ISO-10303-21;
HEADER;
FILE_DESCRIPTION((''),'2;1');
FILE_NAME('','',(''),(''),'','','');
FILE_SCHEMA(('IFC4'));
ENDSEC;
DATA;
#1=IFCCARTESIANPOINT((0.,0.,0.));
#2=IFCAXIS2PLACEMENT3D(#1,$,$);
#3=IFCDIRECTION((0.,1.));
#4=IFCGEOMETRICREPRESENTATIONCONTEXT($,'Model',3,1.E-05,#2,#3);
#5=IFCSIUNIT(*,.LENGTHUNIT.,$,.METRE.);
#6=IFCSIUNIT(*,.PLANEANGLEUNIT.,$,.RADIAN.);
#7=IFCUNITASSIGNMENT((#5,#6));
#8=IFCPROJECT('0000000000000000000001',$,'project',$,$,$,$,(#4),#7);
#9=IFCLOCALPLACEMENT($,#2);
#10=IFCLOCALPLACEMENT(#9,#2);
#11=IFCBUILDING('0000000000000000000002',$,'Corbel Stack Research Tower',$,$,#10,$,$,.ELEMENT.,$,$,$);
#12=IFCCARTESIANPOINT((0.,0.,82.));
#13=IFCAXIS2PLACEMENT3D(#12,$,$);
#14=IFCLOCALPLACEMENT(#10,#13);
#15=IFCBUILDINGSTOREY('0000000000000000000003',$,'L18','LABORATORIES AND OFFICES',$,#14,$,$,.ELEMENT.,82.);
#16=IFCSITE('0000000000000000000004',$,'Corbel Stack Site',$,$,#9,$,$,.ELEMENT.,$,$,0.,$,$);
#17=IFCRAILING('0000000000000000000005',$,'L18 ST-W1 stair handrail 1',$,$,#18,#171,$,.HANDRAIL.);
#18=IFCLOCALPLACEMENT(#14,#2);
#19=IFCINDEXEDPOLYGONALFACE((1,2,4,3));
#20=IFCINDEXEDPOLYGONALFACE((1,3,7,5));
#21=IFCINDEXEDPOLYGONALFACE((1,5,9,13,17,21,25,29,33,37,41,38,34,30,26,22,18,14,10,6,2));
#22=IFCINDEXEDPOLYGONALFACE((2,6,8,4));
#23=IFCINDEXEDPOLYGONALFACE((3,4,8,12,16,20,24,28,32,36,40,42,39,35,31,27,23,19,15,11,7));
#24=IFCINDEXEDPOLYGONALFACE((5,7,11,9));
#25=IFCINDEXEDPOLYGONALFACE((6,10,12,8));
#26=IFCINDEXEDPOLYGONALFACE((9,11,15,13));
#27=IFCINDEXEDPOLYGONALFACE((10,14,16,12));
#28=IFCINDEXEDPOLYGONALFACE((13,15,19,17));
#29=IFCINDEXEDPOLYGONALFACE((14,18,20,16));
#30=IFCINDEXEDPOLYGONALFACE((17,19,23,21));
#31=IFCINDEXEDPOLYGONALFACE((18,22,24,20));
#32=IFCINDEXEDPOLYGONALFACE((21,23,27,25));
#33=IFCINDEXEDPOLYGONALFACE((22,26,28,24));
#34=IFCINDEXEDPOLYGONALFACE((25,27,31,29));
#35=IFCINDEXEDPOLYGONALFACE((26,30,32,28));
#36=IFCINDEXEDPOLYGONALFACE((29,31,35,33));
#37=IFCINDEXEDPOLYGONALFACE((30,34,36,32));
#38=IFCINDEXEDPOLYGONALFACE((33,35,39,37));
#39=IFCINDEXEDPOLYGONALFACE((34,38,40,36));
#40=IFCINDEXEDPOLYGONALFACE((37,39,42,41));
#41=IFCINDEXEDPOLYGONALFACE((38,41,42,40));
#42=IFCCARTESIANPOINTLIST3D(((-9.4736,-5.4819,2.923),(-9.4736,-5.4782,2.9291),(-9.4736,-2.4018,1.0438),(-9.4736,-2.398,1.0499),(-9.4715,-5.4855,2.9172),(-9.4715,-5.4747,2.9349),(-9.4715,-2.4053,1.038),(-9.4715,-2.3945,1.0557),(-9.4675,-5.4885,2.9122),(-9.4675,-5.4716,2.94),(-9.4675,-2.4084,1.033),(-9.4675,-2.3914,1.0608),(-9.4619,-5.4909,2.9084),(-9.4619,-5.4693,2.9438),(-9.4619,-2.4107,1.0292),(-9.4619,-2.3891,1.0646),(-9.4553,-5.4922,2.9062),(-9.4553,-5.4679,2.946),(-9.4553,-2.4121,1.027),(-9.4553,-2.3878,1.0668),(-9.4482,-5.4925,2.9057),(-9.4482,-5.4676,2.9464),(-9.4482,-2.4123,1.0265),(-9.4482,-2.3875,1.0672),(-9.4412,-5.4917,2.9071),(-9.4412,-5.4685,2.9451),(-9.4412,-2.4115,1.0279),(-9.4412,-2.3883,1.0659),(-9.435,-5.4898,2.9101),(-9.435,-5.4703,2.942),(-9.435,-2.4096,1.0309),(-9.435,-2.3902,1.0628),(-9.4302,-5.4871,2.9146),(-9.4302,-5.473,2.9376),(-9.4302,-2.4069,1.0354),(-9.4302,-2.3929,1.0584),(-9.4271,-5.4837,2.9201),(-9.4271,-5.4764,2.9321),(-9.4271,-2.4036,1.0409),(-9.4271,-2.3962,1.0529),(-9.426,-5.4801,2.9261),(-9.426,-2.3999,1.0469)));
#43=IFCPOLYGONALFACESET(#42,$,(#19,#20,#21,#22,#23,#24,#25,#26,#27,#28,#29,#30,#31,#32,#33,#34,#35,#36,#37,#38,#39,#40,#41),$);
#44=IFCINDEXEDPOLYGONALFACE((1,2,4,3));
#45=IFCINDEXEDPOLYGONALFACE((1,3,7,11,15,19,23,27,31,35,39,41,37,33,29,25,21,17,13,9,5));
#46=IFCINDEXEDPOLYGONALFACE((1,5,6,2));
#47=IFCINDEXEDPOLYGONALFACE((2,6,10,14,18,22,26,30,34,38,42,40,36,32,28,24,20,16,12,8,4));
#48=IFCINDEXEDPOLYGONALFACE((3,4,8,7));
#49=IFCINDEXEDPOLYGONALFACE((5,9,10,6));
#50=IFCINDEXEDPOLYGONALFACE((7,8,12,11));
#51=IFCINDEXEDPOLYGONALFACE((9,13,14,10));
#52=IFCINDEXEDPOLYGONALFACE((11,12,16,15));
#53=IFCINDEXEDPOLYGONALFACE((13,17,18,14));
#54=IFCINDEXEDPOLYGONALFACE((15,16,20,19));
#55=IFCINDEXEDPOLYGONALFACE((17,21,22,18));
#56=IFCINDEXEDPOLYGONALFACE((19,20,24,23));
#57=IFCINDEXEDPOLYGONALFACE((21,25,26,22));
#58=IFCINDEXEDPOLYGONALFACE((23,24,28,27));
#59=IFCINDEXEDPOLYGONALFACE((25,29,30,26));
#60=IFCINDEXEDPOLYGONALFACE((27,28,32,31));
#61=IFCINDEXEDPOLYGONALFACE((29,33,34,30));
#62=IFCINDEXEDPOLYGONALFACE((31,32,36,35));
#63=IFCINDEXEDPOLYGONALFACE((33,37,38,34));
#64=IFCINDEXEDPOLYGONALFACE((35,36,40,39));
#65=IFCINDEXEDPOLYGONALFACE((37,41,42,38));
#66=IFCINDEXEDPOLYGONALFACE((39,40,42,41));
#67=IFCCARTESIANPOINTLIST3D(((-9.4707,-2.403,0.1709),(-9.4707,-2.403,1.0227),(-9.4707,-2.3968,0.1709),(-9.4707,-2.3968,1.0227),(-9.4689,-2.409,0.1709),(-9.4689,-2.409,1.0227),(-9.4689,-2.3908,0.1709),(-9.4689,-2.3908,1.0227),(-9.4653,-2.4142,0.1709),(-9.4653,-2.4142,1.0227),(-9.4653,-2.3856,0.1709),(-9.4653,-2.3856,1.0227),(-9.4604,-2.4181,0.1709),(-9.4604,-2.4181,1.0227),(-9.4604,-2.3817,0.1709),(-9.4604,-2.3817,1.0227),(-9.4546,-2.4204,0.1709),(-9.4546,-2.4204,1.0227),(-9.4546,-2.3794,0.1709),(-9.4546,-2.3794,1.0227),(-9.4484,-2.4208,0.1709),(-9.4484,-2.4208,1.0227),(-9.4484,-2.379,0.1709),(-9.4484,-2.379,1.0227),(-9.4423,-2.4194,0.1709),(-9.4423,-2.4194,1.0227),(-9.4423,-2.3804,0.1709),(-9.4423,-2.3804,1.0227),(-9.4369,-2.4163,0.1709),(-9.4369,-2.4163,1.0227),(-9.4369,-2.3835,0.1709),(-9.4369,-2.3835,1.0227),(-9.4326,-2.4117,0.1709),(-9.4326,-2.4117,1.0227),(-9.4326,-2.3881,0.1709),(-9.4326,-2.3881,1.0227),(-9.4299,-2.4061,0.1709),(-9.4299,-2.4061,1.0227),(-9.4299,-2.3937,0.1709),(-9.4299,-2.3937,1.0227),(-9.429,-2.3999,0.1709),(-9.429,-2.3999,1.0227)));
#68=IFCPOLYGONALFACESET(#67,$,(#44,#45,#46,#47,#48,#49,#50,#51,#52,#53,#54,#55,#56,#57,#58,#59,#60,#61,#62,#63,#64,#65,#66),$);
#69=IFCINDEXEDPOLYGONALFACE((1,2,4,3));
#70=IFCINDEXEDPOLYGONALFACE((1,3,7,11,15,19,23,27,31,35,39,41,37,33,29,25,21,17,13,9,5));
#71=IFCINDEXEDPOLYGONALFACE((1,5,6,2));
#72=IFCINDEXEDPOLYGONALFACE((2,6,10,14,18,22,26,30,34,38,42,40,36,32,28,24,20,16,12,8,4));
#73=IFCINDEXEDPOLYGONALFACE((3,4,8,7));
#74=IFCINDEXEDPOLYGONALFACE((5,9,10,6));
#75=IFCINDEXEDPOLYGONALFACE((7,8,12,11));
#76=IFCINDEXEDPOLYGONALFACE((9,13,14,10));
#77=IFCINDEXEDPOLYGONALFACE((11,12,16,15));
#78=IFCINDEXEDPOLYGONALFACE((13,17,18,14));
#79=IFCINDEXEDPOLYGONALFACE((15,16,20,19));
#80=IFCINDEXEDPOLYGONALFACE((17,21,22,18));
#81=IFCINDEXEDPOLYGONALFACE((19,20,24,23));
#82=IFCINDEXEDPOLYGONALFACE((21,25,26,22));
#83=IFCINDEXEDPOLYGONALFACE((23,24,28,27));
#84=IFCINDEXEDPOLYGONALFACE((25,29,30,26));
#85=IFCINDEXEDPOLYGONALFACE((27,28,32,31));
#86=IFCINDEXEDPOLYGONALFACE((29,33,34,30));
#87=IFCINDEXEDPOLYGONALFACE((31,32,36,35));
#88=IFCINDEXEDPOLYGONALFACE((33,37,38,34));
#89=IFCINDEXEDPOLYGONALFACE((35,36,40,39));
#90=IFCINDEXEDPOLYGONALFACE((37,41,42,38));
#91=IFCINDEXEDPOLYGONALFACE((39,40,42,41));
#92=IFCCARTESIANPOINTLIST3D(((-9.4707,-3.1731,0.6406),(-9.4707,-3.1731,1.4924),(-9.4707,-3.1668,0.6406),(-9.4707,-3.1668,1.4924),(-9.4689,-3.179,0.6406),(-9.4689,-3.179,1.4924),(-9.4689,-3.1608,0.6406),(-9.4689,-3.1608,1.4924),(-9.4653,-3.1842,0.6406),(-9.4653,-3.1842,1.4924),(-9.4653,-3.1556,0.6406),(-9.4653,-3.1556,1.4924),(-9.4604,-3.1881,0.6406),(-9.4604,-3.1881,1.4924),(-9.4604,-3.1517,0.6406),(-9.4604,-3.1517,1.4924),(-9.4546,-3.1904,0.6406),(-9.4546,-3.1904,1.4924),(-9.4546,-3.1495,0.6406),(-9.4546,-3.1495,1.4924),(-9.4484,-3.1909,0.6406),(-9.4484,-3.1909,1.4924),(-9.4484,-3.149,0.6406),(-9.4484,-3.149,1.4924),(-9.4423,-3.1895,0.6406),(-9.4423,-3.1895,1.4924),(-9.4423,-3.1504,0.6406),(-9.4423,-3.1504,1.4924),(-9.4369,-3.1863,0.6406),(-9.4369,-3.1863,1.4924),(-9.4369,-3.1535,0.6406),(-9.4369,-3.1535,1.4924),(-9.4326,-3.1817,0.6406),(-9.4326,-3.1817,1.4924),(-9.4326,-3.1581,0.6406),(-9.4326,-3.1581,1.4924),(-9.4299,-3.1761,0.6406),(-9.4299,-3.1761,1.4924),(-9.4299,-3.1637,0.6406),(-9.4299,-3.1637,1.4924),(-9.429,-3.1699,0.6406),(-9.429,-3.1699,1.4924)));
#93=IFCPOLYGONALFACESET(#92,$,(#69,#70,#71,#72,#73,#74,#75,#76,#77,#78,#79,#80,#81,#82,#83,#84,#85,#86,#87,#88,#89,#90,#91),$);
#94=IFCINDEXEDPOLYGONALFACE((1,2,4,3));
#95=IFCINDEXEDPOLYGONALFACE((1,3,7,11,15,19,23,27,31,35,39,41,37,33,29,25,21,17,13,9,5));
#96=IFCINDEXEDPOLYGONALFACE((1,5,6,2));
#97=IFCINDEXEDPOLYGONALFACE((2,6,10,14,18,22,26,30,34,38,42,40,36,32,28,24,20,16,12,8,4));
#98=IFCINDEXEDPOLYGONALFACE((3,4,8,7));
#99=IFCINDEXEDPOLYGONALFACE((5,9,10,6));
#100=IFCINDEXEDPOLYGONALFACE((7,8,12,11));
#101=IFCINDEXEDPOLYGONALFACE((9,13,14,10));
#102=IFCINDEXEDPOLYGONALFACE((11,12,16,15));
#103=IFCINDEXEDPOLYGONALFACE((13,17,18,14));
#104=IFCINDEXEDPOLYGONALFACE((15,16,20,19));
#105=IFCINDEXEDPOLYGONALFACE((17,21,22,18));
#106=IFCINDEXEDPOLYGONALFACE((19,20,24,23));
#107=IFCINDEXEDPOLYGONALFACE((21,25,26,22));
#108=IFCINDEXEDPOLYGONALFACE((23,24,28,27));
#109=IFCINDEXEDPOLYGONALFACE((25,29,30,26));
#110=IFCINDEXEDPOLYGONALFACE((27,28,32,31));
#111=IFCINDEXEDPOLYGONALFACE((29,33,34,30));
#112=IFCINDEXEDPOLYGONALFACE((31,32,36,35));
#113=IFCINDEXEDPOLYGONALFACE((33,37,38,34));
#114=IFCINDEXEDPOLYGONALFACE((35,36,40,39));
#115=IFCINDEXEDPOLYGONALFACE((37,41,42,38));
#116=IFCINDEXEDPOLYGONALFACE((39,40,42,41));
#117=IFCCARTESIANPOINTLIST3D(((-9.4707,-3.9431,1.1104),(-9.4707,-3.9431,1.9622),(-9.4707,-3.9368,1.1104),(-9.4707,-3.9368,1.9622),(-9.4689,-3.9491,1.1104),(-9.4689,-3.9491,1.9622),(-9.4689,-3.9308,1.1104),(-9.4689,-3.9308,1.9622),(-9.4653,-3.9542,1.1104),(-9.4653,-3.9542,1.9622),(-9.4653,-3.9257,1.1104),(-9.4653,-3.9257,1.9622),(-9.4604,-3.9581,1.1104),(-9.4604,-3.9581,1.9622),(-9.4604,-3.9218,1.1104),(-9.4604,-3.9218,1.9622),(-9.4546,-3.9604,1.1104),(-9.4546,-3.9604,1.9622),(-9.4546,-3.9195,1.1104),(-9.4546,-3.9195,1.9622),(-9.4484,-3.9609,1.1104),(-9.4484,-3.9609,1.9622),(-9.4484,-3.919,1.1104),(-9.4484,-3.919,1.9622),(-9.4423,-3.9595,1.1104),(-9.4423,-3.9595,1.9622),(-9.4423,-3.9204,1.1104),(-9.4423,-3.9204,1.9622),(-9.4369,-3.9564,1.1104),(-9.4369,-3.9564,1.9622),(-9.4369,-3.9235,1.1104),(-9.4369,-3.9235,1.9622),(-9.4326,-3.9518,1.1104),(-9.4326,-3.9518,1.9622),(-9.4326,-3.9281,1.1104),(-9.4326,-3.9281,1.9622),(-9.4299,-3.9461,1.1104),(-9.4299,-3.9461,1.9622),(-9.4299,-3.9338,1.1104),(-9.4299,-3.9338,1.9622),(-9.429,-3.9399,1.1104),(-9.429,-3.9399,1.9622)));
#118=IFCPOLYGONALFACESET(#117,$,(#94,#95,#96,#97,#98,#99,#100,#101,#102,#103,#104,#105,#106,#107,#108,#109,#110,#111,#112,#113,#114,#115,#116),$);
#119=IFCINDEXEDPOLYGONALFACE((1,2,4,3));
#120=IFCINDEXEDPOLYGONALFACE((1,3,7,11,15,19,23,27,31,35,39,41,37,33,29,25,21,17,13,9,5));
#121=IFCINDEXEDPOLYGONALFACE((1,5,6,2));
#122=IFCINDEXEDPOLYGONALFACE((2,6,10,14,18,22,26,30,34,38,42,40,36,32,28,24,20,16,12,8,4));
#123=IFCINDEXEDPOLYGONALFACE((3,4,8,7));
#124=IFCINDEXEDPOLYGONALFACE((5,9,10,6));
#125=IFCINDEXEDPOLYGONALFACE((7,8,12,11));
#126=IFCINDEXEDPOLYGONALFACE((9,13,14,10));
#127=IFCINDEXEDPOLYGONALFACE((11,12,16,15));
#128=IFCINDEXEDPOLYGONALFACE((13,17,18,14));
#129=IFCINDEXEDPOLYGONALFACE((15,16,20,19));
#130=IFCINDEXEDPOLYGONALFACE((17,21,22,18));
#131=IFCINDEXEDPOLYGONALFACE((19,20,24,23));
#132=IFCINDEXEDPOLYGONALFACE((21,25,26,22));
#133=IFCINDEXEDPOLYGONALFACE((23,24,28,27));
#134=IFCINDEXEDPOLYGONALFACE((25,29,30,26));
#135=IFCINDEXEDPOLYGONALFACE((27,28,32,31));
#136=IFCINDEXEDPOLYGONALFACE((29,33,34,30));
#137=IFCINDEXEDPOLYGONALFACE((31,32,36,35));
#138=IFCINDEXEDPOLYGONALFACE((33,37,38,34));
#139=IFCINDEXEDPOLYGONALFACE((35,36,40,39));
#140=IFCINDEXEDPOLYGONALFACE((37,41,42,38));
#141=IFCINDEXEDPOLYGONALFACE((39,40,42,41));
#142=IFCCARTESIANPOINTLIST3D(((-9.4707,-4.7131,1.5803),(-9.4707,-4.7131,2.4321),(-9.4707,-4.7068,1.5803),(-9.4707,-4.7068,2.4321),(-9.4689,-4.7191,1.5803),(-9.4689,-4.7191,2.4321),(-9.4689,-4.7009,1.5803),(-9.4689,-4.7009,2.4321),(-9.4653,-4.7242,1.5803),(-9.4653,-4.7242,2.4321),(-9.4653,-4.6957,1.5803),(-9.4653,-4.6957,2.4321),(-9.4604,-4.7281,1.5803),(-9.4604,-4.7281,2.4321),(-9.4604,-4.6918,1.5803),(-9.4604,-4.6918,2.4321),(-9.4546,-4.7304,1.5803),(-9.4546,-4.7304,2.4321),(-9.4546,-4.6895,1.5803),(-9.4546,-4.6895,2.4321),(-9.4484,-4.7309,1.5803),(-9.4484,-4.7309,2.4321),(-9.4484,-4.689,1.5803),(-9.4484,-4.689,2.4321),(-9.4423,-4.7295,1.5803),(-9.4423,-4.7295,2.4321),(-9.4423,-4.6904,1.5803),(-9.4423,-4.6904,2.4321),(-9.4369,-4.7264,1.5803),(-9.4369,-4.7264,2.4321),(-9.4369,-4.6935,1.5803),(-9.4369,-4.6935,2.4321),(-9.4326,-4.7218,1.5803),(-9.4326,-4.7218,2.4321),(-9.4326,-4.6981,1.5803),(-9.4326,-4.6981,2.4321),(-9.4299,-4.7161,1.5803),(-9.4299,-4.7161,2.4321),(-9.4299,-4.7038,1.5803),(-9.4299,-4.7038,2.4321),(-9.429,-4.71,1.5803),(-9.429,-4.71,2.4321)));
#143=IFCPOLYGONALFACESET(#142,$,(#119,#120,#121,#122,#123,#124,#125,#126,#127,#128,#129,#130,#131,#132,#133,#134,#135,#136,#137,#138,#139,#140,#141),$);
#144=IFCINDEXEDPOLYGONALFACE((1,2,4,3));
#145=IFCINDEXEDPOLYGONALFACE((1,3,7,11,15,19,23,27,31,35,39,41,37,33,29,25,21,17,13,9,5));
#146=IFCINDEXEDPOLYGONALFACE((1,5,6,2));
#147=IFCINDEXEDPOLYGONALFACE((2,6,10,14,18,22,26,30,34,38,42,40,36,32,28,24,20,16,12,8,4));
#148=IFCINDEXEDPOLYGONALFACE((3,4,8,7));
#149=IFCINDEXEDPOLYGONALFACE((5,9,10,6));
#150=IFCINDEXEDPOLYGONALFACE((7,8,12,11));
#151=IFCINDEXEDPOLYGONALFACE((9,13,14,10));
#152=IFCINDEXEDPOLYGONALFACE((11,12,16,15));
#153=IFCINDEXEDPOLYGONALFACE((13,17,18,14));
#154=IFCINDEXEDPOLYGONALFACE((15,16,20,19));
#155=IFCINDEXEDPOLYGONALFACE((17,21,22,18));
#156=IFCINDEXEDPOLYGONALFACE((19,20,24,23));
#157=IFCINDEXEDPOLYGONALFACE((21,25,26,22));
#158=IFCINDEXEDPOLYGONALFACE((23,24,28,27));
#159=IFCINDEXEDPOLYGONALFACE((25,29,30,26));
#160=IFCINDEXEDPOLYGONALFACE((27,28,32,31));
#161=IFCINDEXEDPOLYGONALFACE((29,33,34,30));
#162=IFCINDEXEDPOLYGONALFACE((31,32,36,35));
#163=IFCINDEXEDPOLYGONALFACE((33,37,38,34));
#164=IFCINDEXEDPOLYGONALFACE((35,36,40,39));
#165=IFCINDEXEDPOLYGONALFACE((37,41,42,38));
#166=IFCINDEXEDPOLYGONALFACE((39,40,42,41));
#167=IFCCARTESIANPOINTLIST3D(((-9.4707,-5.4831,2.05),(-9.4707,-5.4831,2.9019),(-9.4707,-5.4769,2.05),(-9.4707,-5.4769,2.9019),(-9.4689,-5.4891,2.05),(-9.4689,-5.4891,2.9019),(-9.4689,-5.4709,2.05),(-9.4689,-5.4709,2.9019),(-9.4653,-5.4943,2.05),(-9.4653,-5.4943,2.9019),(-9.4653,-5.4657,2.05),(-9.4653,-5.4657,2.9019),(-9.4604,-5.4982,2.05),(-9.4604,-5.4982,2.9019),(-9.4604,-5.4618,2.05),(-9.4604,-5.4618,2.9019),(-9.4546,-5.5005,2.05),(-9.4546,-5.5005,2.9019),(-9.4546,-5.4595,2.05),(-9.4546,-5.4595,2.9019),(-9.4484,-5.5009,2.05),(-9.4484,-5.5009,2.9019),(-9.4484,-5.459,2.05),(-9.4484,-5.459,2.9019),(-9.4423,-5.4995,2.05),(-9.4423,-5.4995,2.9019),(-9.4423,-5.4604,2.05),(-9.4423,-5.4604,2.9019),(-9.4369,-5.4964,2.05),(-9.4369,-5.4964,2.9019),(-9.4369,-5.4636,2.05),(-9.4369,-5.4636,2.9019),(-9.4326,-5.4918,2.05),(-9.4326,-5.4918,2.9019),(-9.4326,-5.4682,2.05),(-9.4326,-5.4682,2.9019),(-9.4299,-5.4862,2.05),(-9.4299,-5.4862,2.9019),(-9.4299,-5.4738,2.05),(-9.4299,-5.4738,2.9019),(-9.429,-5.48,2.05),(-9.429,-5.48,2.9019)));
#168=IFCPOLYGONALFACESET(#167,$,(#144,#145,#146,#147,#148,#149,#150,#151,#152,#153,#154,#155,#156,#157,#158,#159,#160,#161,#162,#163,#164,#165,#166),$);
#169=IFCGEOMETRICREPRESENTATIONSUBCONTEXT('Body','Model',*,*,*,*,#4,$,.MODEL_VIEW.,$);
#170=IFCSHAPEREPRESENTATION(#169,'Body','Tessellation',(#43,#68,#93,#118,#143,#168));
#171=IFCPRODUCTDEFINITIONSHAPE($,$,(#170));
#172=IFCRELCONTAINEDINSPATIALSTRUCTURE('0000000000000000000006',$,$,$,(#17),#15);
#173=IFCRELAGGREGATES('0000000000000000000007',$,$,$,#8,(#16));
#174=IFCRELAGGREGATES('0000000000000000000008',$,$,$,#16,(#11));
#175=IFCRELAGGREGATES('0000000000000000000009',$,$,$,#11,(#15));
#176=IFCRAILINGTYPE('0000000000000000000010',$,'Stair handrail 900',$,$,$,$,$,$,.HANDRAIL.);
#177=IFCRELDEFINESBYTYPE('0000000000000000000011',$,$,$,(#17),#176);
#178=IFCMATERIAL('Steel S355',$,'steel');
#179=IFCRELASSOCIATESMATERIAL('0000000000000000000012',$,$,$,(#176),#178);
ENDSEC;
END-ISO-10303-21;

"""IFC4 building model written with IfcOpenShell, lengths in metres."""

from ifc_helpers import new_model, si_unit, direction, frame, origin, origin_2d, place, context, subcontext, project, spatial, circle, extrude, material, type_object, element, save


model = new_model("IFC4")

# Units and contexts
model_context = context("Model", 3, precision=1e-05, world=origin(), true_north=direction((0.0, 1.0)))
body_context = subcontext(model_context, "Body", "Model", "MODEL_VIEW")
ifc_project = project(units=[si_unit("LENGTHUNIT", "METRE"), si_unit("PLANEANGLEUNIT", "RADIAN")], contexts=[model_context])

# Site, building, storey
site_placement = place(None, origin())
site = spatial("IfcSite", under=ifc_project, at=site_placement, Name="Corbel Stack Site", CompositionType="ELEMENT", RefElevation=0.0)
building_placement = place(site_placement, origin())
building = spatial("IfcBuilding", under=site, at=building_placement, Name="Corbel Stack Research Tower", CompositionType="ELEMENT")
storey_placement = place(building_placement, frame((0.0, 0.0, 82.0)))
storey = spatial("IfcBuildingStorey", under=building, at=storey_placement, Name="L18", Description="LABORATORIES AND OFFICES", CompositionType="ELEMENT", Elevation=82.0)

# Railing
ifc_material_1 = material(Name="Steel S355", Category="steel")
railing_type_1 = type_object("IfcRailingType", Name="Stair handrail 900", PredefinedType="HANDRAIL", material=ifc_material_1)
railing_placement = place(storey_placement, frame((-9.45, -2.3999, 0.1709)))
element("IfcRailing", 1, at=railing_placement, inside=storey, type_object=railing_type_1, Name="L18 ST-W1 stair handrail 1", PredefinedType="HANDRAIL", context=body_context, shape_type="SweptSolid", body=[
    extrude(circle(Radius=0.0239, at=origin_2d()), frame((0.0, 0.0, 0.876), z_axis=(0.0, -0.853666, 0.52082), x_axis=(1.0, 0.0, 0.0)), (0.0, 0.0, 1.0), 3.6082),
    extrude(circle(Radius=0.021, at=origin_2d()), origin(), (0.0, 0.0, 1.0), 0.8518),
    extrude(circle(Radius=0.021, at=origin_2d()), frame((0.0, -0.77, 0.4697)), (0.0, 0.0, 1.0), 0.8518),
    extrude(circle(Radius=0.021, at=origin_2d()), frame((0.0, -1.54, 0.9395)), (0.0, 0.0, 1.0), 0.8518),
    extrude(circle(Radius=0.021, at=origin_2d()), frame((0.0, -2.3101, 1.4094)), (0.0, 0.0, 1.0), 0.8518),
    extrude(circle(Radius=0.021, at=origin_2d()), frame((0.0, -3.0801, 1.8792)), (0.0, 0.0, 1.0), 0.8518),
])

save(model, "model.ifc")
